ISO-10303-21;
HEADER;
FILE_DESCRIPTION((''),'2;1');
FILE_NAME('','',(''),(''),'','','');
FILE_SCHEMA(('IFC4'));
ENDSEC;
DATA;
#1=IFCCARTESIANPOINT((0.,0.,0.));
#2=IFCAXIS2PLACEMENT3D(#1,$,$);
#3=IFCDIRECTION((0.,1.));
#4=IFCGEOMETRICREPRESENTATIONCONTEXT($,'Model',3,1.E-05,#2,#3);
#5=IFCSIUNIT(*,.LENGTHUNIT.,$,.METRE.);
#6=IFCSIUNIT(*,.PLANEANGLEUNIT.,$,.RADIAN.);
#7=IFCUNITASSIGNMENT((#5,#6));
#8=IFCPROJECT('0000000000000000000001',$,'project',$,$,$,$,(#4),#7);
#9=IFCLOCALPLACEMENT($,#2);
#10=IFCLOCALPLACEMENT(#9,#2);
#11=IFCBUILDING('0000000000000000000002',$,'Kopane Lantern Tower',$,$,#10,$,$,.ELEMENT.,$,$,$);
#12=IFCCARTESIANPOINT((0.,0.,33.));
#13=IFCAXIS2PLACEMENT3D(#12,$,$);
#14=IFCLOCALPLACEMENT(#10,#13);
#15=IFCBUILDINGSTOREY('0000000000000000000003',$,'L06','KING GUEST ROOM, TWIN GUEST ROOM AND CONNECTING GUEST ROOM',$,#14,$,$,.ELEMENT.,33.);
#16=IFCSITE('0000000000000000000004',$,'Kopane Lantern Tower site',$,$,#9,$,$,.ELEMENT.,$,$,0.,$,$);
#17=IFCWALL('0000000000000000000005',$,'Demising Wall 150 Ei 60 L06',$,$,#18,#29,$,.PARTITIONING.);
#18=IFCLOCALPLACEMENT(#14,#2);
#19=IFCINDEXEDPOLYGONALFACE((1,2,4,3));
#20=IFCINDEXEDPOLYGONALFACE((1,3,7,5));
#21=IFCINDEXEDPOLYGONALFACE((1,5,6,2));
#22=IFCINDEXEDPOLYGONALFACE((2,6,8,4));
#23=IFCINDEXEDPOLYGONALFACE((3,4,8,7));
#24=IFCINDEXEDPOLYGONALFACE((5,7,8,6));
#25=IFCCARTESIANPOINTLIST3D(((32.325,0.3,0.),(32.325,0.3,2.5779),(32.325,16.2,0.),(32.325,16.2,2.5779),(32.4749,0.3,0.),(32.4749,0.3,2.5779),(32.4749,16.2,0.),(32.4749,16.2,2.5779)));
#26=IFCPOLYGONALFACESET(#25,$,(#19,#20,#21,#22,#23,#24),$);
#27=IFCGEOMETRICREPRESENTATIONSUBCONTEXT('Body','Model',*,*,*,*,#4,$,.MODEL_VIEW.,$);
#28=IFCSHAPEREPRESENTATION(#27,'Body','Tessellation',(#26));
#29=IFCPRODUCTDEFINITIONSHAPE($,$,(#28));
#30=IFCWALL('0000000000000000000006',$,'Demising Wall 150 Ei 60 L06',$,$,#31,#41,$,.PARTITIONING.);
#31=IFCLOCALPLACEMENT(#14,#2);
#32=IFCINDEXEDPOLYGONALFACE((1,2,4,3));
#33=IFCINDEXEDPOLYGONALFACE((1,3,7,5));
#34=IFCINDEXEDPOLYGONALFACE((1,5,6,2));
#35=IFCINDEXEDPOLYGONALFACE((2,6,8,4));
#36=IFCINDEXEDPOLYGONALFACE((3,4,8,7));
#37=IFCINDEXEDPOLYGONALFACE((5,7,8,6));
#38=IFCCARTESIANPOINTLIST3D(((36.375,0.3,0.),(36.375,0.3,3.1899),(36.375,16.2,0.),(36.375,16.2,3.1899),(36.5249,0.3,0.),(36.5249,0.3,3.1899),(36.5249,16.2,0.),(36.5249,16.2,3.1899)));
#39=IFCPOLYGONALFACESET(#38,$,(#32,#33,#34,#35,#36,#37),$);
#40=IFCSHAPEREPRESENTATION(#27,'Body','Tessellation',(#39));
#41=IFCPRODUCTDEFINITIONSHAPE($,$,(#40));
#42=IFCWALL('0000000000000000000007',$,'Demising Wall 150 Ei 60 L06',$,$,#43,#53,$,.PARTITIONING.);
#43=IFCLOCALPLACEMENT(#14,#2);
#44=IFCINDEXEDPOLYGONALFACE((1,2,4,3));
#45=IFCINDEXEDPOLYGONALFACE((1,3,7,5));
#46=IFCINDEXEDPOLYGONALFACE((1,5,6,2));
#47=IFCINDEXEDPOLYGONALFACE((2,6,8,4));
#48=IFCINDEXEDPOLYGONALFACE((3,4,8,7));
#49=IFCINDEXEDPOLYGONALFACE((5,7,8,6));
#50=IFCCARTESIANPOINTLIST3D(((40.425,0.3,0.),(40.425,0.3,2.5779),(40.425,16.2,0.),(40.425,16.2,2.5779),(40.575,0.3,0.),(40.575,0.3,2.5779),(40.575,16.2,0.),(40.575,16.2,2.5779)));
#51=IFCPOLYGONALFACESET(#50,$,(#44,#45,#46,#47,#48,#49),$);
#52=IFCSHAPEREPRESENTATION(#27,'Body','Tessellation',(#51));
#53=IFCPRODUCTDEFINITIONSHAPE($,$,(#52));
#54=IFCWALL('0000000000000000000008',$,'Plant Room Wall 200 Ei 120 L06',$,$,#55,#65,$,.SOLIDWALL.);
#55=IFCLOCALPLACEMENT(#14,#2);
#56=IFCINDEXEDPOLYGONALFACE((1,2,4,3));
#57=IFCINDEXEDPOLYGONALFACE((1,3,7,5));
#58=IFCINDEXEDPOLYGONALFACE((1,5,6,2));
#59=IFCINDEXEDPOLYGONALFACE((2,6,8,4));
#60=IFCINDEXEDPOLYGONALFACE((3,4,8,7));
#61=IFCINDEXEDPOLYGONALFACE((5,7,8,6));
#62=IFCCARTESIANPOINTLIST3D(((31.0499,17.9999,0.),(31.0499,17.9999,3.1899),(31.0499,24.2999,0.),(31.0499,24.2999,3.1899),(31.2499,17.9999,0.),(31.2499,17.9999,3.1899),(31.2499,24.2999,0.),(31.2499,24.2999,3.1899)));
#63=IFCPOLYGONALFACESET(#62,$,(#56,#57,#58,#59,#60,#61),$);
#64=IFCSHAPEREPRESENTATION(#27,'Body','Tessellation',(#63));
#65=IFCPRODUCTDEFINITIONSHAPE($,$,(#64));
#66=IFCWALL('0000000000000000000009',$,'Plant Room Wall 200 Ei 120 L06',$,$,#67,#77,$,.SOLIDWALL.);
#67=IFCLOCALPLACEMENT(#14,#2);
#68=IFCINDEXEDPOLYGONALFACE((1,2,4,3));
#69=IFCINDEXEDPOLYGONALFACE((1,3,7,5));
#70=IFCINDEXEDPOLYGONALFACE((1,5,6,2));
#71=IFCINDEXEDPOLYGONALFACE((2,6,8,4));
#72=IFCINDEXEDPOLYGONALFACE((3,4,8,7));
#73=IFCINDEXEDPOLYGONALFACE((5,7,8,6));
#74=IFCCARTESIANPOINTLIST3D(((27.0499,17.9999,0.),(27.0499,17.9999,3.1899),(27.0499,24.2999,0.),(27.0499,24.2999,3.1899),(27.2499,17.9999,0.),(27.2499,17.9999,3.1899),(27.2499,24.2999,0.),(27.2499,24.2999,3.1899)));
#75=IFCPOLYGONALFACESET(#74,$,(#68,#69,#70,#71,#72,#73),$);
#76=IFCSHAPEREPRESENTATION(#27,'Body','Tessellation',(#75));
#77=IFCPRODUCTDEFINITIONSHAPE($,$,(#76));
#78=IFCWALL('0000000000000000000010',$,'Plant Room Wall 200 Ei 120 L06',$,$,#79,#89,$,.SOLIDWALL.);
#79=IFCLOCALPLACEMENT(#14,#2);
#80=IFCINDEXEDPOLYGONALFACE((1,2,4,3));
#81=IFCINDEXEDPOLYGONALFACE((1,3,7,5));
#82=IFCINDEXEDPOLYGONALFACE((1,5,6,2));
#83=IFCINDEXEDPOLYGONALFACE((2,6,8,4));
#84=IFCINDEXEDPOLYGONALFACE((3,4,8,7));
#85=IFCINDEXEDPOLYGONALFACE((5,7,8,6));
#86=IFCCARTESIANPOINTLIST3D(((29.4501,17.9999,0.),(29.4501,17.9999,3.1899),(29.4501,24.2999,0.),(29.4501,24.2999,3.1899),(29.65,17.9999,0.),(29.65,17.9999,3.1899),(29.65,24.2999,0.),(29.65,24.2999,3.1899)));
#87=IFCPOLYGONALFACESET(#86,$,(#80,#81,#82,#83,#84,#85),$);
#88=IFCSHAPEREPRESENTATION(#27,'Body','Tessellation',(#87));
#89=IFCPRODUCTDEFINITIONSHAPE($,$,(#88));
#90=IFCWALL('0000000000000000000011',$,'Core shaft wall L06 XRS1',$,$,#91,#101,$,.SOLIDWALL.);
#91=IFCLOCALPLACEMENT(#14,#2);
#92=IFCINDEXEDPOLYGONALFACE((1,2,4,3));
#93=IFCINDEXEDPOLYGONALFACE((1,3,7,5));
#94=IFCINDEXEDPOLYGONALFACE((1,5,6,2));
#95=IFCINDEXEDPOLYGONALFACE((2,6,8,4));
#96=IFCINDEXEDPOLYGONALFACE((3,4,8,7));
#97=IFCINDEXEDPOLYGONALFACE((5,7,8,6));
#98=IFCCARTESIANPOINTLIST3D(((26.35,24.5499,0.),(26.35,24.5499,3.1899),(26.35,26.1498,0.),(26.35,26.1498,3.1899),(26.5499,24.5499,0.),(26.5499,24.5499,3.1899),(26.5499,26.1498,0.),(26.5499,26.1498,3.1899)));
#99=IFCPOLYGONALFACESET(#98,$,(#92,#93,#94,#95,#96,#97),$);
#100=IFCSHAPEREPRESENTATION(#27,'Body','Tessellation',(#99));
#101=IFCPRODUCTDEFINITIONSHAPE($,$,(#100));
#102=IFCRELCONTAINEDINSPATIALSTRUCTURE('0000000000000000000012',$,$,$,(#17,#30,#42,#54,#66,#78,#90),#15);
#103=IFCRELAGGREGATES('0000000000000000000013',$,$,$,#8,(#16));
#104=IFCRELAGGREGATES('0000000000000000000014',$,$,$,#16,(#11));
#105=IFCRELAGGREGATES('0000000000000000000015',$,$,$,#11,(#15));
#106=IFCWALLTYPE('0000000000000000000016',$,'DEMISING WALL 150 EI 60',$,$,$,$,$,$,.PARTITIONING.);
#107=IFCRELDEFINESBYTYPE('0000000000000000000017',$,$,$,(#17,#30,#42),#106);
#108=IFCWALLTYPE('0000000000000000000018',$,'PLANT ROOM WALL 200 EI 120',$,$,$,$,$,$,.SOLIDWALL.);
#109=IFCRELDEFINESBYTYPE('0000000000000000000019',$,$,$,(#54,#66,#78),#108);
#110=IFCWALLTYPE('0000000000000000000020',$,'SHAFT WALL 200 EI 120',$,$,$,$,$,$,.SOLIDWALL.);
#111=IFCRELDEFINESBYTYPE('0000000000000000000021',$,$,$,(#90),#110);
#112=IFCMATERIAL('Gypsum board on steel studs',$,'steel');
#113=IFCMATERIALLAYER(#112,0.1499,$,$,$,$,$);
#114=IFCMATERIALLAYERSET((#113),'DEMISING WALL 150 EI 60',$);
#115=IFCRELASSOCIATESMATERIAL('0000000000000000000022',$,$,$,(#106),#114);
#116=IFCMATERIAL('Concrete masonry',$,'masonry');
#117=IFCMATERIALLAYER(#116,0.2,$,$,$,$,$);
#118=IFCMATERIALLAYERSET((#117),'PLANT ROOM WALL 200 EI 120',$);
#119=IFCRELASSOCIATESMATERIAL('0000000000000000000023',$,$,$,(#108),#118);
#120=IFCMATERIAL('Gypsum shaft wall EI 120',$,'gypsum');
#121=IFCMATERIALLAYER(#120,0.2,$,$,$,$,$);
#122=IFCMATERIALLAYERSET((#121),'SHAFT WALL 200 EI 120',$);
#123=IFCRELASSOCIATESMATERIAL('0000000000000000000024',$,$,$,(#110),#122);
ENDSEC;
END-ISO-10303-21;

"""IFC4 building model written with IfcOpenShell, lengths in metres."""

from ifc_helpers import new_model, si_unit, direction, frame, frame_2d, origin, place, context, subcontext, project, spatial, rectangle, extrude, material, layer, layer_set, type_object, element, save


model = new_model("IFC4")

# Units and contexts
model_context = context("Model", 3, precision=1e-05, world=origin(), true_north=direction((0.0, 1.0)))
body_context = subcontext(model_context, "Body", "Model", "MODEL_VIEW")
ifc_project = project(units=[si_unit("LENGTHUNIT", "METRE"), si_unit("PLANEANGLEUNIT", "RADIAN")], contexts=[model_context])

# Site, building, storey
site_placement = place(None, origin())
site = spatial("IfcSite", under=ifc_project, at=site_placement, Name="Kopane Lantern Tower site", CompositionType="ELEMENT", RefElevation=0.0)
building_placement = place(site_placement, origin())
building = spatial("IfcBuilding", under=site, at=building_placement, Name="Kopane Lantern Tower", CompositionType="ELEMENT")
storey_placement = place(building_placement, frame((0.0, 0.0, 33.0)))
storey = spatial("IfcBuildingStorey", under=building, at=storey_placement, Name="L06", Description="KING GUEST ROOM, TWIN GUEST ROOM AND CONNECTING GUEST ROOM", CompositionType="ELEMENT", Elevation=33.0)

# Walls
ifc_material_1 = material(Name="Gypsum board on steel studs", Category="steel")
ifc_layer_1 = layer(ifc_material_1, 0.1499)
ifc_layer_set_1 = layer_set([ifc_layer_1], Name="DEMISING WALL 150 EI 60")
wall_type_1 = type_object("IfcWallType", Name="DEMISING WALL 150 EI 60", PredefinedType="PARTITIONING", material=ifc_layer_set_1)
wall_1_placement = place(storey_placement, frame((32.3999, 16.2, 0.0), z_axis=(0.0, 0.0, 1.0), x_axis=(0.0, -1.0, 0.0)))
element("IfcWall", 1, at=wall_1_placement, inside=storey, type_object=wall_type_1, Name="Demising Wall 150 Ei 60 L06", PredefinedType="PARTITIONING", context=body_context, shape_type="SweptSolid", body=[
    extrude(rectangle(XDim=15.8999, YDim=0.1499, at=frame_2d((7.95, 0.0))), origin(), (0.0, 0.0, 1.0), 2.5779),
])
wall_2_placement = place(storey_placement, frame((36.45, 16.2, 0.0), z_axis=(0.0, 0.0, 1.0), x_axis=(0.0, -1.0, 0.0)))
element("IfcWall", 2, at=wall_2_placement, inside=storey, type_object=wall_type_1, Name="Demising Wall 150 Ei 60 L06", PredefinedType="PARTITIONING", context=body_context, shape_type="SweptSolid", body=[
    extrude(rectangle(XDim=15.8999, YDim=0.1499, at=frame_2d((7.95, 0.0))), origin(), (0.0, 0.0, 1.0), 3.1899),
])
wall_3_placement = place(storey_placement, frame((40.5, 16.2, 0.0), z_axis=(0.0, 0.0, 1.0), x_axis=(0.0, -1.0, 0.0)))
element("IfcWall", 3, at=wall_3_placement, inside=storey, type_object=wall_type_1, Name="Demising Wall 150 Ei 60 L06", PredefinedType="PARTITIONING", context=body_context, shape_type="SweptSolid", body=[
    extrude(rectangle(XDim=15.8999, YDim=0.1499, at=frame_2d((7.95, 0.0))), origin(), (0.0, 0.0, 1.0), 2.5779),
])
ifc_material_2 = material(Name="Concrete masonry", Category="masonry")
ifc_layer_2 = layer(ifc_material_2, 0.2)
ifc_layer_set_2 = layer_set([ifc_layer_2], Name="PLANT ROOM WALL 200 EI 120")
wall_type_2 = type_object("IfcWallType", Name="PLANT ROOM WALL 200 EI 120", PredefinedType="SOLIDWALL", material=ifc_layer_set_2)
for number, where, z_axis, x_axis, name in (
    (4, (31.1499, 18.0, 0.0), (0.0, 0.0, 1.0), (0.0, 1.0, 0.0), "Plant Room Wall 200 Ei 120 L06"),
    (5, (27.1499, 18.0, 0.0), (0.0, 0.0, 1.0), (0.0, 1.0, 0.0), "Plant Room Wall 200 Ei 120 L06"),
    (6, (29.55, 18.0, 0.0), (0.0, 0.0, 1.0), (0.0, 1.0, 0.0), "Plant Room Wall 200 Ei 120 L06"),
):
    element("IfcWall", number, at=place(storey_placement, frame(where, z_axis=z_axis, x_axis=x_axis)), inside=storey, type_object=wall_type_2, Name=name, PredefinedType="SOLIDWALL", context=body_context, shape_type="SweptSolid", body=[
        extrude(rectangle(XDim=6.3, YDim=0.2, at=frame_2d((3.1499, 0.0))), origin(), (0.0, 0.0, 1.0), 3.1899),
    ])
ifc_material_3 = material(Name="Gypsum shaft wall EI 120", Category="gypsum")
ifc_layer_3 = layer(ifc_material_3, 0.2)
ifc_layer_set_3 = layer_set([ifc_layer_3], Name="SHAFT WALL 200 EI 120")
wall_type_3 = type_object("IfcWallType", Name="SHAFT WALL 200 EI 120", PredefinedType="SOLIDWALL", material=ifc_layer_set_3)
wall_4_placement = place(storey_placement, frame((26.45, 24.55, 0.0), z_axis=(0.0, 0.0, 1.0), x_axis=(0.0, 1.0, 0.0)))
element("IfcWall", 7, at=wall_4_placement, inside=storey, type_object=wall_type_3, Name="Core shaft wall L06 XRS1", PredefinedType="SOLIDWALL", context=body_context, shape_type="SweptSolid", body=[
    extrude(rectangle(XDim=1.5999, YDim=0.2, at=frame_2d((0.7998, 0.0))), origin(), (0.0, 0.0, 1.0), 3.1899),
])

save(model, "model.ifc")
